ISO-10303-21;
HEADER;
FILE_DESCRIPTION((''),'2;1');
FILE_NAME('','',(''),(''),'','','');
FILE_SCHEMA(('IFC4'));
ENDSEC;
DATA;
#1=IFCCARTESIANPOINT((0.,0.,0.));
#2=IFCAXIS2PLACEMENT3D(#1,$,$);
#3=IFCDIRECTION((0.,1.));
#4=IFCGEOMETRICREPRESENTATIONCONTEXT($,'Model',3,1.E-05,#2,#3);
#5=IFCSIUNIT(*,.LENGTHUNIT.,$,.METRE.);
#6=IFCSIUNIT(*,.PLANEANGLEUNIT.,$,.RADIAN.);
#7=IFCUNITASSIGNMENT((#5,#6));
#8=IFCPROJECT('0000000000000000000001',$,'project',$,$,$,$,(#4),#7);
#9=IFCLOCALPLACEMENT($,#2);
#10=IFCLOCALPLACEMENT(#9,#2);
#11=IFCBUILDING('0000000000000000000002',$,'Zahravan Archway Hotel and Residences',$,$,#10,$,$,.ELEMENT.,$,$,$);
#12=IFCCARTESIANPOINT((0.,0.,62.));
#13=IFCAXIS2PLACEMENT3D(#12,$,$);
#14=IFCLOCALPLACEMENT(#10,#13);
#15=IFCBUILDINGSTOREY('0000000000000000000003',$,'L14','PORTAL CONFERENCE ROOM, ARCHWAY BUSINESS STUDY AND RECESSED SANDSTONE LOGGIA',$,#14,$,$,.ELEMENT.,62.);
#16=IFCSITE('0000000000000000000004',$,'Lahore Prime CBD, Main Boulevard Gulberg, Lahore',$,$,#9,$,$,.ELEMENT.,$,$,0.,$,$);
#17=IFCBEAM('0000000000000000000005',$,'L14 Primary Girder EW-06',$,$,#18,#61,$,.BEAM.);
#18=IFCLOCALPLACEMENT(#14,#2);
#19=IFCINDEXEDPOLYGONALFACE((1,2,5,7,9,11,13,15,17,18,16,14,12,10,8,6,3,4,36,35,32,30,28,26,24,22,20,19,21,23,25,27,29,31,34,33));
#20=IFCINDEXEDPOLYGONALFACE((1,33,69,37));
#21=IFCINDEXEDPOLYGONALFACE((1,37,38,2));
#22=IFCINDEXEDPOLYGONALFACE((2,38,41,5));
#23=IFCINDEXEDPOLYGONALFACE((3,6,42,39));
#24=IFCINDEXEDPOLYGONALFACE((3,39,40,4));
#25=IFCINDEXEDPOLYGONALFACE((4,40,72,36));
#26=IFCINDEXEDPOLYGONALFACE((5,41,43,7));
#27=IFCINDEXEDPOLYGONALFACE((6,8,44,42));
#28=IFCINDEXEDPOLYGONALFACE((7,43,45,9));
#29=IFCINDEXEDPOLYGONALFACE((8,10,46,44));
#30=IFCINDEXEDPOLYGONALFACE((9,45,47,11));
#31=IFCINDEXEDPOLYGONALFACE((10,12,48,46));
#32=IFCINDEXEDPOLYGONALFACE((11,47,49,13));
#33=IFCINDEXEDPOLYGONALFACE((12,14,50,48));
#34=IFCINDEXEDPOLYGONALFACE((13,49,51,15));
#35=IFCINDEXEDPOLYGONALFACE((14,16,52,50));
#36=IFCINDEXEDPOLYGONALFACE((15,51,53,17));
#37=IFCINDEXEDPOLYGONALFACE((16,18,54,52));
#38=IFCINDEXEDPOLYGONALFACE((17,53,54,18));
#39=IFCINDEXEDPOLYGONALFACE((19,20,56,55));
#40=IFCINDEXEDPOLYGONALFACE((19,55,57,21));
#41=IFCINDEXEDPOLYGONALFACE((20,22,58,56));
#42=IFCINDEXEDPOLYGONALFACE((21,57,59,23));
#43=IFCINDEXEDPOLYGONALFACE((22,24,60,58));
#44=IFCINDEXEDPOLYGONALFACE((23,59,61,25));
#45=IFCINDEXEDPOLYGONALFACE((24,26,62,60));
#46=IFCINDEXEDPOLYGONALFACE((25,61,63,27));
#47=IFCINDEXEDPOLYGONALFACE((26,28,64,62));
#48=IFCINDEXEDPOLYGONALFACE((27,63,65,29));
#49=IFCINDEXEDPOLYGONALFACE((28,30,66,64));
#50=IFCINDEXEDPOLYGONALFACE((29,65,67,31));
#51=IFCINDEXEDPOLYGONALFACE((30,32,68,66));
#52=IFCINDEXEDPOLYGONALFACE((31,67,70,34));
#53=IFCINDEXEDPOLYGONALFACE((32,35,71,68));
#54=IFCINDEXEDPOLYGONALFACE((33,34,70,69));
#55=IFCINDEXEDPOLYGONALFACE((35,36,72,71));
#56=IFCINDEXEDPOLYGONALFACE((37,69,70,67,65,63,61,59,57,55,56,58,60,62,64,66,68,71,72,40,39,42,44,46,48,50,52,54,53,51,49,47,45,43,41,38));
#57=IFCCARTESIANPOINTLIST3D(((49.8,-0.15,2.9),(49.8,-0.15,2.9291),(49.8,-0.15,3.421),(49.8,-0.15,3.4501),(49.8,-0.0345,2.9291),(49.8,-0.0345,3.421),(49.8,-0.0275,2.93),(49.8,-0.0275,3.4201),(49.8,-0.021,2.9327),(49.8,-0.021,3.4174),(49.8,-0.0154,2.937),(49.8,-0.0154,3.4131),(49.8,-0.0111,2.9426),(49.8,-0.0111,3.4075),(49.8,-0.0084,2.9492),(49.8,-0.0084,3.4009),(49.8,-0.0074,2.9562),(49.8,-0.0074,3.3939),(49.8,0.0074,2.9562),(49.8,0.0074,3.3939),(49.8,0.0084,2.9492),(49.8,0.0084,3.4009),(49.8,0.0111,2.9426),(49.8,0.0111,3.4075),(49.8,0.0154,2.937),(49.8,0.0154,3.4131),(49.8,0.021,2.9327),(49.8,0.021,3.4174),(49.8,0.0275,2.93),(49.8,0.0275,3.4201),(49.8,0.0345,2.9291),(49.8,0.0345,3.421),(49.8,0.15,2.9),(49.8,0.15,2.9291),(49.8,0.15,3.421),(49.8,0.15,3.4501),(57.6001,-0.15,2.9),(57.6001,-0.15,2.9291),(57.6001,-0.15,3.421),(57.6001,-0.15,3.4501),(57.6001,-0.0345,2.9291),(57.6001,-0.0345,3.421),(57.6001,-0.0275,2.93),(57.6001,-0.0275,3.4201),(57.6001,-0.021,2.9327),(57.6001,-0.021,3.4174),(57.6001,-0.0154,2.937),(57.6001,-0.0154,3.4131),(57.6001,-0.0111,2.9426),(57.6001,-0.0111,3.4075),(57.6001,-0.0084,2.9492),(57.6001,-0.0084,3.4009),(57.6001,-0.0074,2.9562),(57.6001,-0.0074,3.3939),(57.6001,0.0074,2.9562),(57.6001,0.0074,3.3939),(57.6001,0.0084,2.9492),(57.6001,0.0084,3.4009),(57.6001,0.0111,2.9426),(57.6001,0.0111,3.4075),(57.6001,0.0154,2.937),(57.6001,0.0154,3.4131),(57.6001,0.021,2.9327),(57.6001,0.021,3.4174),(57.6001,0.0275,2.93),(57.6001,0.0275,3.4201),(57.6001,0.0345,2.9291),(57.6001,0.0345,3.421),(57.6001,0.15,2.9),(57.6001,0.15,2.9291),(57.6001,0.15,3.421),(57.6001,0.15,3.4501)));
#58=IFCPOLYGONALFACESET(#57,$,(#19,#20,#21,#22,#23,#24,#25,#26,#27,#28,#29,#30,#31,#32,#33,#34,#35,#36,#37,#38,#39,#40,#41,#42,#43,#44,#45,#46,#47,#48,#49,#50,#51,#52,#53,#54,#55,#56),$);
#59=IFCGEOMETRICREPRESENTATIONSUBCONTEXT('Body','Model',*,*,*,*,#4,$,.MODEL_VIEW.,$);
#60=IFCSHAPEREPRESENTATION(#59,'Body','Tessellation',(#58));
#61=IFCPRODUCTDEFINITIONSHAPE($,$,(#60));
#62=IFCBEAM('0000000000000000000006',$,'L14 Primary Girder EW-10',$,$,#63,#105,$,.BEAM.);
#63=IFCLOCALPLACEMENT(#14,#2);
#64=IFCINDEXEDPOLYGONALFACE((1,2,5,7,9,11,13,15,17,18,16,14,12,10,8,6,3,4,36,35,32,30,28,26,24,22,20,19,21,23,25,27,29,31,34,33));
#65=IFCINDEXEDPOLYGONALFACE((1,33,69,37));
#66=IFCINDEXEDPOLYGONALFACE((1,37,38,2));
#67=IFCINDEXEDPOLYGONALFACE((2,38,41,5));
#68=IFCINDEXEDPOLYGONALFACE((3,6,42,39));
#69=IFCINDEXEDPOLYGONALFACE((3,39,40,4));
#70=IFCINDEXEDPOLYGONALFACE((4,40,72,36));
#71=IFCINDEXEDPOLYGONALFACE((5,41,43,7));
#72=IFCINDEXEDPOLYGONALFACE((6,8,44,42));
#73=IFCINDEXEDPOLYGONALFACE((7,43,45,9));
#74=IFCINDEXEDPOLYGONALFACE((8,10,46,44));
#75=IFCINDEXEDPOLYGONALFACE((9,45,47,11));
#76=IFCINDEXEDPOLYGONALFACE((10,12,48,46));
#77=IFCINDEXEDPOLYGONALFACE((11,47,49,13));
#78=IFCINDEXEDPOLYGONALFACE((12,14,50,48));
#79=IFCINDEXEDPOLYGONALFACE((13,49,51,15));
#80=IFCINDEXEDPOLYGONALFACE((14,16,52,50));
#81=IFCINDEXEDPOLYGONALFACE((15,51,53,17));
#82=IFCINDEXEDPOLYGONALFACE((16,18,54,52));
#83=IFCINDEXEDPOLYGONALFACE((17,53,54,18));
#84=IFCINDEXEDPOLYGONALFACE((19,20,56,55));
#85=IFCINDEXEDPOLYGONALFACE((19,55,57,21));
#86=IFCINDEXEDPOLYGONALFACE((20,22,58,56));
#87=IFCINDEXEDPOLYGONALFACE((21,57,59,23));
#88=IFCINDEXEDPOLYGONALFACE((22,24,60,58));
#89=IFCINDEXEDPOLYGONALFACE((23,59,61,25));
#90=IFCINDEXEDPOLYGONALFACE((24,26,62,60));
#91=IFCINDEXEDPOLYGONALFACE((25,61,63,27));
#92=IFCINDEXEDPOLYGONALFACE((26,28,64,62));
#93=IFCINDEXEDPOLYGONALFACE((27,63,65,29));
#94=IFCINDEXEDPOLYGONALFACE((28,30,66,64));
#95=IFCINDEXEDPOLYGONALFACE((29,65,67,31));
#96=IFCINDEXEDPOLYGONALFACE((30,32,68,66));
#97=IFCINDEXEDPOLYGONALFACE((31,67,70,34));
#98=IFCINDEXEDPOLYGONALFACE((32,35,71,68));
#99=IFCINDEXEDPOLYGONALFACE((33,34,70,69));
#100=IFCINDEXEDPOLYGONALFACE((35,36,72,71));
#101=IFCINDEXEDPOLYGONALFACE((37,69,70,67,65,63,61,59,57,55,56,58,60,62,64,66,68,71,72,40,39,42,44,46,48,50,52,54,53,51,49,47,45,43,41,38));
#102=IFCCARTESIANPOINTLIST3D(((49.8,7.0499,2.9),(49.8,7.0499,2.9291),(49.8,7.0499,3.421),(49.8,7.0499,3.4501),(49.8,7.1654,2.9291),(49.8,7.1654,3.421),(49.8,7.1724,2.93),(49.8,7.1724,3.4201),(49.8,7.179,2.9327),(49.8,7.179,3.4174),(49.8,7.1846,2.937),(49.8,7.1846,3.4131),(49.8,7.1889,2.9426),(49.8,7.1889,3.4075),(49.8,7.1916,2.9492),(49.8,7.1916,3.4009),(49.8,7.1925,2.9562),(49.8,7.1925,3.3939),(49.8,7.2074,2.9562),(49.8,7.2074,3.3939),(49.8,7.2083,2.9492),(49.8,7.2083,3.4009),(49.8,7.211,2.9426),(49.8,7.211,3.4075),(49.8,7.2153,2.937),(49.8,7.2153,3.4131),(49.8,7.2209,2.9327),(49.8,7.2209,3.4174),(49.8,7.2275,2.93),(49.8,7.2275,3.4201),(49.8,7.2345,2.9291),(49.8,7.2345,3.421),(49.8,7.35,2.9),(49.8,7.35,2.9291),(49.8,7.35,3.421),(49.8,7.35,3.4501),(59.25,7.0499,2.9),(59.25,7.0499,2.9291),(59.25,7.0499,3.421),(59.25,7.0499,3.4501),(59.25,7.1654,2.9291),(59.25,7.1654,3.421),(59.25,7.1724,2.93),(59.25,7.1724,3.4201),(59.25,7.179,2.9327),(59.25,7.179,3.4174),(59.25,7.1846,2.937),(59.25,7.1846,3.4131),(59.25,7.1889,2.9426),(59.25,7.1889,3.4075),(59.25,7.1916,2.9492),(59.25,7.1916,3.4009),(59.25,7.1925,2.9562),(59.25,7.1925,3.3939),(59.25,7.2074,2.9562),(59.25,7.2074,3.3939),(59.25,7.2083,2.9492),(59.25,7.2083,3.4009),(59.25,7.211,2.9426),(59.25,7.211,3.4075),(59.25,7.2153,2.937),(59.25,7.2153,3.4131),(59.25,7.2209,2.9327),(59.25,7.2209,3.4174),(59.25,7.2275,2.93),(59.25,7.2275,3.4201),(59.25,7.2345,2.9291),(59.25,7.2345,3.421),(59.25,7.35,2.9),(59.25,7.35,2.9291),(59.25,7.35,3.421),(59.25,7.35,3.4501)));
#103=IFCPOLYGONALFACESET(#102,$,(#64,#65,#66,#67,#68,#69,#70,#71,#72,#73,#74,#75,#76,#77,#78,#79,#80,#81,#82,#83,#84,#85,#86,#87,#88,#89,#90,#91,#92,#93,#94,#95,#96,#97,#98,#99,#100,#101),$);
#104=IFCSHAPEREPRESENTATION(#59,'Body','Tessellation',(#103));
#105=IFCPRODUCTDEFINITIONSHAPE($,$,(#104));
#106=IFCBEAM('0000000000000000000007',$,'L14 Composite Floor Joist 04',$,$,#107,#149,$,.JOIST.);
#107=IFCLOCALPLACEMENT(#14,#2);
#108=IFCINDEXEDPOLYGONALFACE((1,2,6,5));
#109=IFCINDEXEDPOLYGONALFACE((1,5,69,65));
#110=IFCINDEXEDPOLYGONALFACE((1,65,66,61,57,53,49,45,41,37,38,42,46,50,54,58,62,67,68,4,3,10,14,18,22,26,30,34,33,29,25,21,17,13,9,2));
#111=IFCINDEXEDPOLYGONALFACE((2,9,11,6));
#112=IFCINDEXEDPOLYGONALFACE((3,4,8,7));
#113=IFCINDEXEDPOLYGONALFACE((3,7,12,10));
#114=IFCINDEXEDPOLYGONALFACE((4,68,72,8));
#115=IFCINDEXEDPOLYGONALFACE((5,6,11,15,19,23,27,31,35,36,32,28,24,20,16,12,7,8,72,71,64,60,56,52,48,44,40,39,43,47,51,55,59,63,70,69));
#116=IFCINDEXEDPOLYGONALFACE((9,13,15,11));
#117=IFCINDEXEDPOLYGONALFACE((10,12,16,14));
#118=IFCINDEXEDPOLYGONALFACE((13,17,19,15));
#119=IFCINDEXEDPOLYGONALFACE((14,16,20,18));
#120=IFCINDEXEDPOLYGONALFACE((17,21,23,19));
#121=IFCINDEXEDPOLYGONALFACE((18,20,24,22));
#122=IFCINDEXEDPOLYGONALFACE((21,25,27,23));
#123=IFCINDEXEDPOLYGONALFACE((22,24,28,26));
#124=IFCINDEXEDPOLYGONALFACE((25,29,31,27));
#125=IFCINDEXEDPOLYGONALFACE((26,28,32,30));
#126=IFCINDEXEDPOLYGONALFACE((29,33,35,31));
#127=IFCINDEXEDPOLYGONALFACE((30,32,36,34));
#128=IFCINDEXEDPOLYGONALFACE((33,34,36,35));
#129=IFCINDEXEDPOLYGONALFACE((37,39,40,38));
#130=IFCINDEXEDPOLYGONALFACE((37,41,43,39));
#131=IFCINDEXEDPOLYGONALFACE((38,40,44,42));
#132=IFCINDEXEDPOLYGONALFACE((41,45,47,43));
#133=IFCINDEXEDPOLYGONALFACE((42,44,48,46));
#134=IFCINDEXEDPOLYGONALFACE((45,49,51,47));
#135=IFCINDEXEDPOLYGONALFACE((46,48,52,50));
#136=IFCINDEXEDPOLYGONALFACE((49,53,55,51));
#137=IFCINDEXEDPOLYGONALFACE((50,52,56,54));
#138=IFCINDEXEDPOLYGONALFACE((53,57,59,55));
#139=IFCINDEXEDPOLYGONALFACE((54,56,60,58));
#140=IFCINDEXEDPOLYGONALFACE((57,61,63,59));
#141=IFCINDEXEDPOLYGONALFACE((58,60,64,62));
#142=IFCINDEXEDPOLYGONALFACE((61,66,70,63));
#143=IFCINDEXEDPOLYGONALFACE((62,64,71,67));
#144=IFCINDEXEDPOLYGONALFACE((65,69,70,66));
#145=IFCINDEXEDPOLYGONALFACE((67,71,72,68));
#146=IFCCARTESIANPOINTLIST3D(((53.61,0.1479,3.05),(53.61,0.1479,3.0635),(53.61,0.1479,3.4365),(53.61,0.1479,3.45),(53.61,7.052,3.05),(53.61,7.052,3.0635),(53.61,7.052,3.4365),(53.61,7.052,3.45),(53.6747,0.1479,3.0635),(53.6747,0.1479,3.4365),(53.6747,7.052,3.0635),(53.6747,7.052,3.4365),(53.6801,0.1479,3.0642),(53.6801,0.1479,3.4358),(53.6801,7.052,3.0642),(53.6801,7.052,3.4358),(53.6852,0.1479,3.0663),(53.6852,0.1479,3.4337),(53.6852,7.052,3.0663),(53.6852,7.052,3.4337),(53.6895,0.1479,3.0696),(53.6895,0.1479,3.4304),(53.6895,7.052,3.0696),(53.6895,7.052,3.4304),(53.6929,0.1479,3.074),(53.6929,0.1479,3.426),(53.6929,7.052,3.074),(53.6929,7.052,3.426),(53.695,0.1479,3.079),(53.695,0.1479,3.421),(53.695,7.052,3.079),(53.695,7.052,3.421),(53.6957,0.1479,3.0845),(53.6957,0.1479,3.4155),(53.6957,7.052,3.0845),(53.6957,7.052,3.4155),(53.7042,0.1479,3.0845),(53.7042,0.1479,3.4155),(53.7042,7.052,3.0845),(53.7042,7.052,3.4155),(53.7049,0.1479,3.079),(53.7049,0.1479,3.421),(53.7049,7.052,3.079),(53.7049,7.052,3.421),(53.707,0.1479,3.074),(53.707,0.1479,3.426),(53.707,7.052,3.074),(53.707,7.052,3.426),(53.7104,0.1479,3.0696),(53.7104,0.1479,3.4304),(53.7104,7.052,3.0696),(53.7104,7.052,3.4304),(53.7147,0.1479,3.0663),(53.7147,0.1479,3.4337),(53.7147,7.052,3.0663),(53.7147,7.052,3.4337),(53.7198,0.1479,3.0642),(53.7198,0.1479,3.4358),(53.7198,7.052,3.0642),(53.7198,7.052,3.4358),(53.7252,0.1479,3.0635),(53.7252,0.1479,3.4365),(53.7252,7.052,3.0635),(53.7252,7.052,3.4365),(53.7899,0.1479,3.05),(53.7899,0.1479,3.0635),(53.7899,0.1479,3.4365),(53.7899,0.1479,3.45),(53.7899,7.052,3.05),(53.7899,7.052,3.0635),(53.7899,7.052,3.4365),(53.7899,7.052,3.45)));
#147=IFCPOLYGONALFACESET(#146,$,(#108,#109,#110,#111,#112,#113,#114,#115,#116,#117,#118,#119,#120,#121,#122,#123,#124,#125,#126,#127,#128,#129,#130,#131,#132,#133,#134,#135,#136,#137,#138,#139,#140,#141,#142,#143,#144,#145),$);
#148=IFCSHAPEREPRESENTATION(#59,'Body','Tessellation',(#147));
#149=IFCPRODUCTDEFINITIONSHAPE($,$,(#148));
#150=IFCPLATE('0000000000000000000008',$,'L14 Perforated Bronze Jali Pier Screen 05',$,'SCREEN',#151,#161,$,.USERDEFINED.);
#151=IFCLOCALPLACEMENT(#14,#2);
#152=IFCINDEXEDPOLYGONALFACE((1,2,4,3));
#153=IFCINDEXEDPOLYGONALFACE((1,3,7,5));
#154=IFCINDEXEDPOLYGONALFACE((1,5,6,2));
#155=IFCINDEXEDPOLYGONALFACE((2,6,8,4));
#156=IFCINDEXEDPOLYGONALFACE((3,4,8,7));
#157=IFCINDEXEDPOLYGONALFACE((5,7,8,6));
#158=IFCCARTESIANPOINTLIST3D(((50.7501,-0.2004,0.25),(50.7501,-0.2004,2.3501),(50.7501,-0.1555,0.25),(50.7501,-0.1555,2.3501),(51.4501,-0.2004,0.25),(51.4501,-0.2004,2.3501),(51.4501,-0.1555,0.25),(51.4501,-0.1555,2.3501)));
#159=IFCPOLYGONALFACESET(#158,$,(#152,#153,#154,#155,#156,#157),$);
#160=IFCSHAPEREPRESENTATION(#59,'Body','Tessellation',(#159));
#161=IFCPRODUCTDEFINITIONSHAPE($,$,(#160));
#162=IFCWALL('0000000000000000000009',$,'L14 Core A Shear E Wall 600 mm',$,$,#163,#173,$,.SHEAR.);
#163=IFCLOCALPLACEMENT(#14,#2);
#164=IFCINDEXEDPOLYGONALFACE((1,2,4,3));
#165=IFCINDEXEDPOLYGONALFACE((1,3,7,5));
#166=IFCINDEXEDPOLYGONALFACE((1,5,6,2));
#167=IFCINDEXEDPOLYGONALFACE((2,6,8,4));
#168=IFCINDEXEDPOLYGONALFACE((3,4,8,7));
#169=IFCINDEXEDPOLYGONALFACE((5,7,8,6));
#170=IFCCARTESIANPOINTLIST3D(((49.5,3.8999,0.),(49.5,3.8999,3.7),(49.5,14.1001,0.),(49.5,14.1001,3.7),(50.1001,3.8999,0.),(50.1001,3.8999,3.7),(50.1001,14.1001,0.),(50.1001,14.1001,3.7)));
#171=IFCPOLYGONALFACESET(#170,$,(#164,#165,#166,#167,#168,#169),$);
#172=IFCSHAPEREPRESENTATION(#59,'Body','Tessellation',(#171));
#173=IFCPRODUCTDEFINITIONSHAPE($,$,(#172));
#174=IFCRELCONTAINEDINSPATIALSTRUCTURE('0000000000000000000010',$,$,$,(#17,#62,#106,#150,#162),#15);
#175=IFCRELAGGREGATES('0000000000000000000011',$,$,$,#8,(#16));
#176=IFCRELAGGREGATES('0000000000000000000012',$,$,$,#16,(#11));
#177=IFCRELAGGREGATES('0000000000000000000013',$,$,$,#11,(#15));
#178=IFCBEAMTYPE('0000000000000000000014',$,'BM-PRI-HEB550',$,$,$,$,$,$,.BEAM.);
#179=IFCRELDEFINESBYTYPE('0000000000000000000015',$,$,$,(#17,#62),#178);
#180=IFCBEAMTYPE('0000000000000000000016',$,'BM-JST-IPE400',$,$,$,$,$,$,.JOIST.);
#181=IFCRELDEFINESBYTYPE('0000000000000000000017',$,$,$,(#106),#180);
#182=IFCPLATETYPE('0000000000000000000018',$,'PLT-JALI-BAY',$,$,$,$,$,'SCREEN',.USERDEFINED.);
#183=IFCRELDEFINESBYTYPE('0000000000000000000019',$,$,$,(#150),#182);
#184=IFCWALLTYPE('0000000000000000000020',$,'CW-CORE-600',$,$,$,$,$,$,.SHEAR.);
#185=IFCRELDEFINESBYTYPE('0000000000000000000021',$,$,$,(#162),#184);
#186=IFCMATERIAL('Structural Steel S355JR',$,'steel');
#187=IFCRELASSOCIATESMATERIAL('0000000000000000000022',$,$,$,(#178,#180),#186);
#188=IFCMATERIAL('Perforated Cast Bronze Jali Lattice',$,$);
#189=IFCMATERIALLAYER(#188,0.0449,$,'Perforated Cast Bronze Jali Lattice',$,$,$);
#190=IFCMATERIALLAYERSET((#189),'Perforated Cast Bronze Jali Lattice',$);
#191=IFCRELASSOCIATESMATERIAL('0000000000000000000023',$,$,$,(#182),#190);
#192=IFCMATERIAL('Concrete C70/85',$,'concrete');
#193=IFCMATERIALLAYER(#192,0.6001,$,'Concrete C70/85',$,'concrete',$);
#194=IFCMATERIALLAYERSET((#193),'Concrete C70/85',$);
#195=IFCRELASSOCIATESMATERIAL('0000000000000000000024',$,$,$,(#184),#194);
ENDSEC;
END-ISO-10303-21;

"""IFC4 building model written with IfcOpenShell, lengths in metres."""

from ifc_helpers import new_model, si_unit, direction, frame, frame_2d, origin, origin_2d, place, context, subcontext, project, spatial, rectangle, i_section, extrude, source, transform, mapped, material, layer, layer_set, material_profile, profile_set, type_object, type_shapes, element, save


model = new_model("IFC4")

# Units and contexts
model_context = context("Model", 3, precision=1e-05, world=origin(), true_north=direction((0.0, 1.0)))
body_context = subcontext(model_context, "Body", "Model", "MODEL_VIEW")
ifc_project = project(units=[si_unit("LENGTHUNIT", "METRE"), si_unit("PLANEANGLEUNIT", "RADIAN")], contexts=[model_context])

# Site, building, storey
site_placement = place(None, origin())
site = spatial("IfcSite", under=ifc_project, at=site_placement, Name="Lahore Prime CBD, Main Boulevard Gulberg, Lahore", CompositionType="ELEMENT", RefElevation=0.0)
building_placement = place(site_placement, origin())
building = spatial("IfcBuilding", under=site, at=building_placement, Name="Zahravan Archway Hotel and Residences", CompositionType="ELEMENT")
storey_placement = place(building_placement, frame((0.0, 0.0, 62.0)))
storey = spatial("IfcBuildingStorey", under=building, at=storey_placement, Name="L14", Description="PORTAL CONFERENCE ROOM, ARCHWAY BUSINESS STUDY AND RECESSED SANDSTONE LOGGIA", CompositionType="ELEMENT", Elevation=62.0)

# Shared definitions
ifc_material_1 = material(Name="Concrete C70/85", Category="concrete")

# Beams
ifc_material_2 = material(Name="Structural Steel S355JR", Category="steel")
ifc_material_profile_1 = material_profile(ifc_material_2, i_section(OverallWidth=0.3, OverallDepth=0.55, WebThickness=0.0149, FlangeThickness=0.0291, FilletRadius=0.0271, at=origin_2d()), Name="HEB 550", Category="steel")
ifc_profile_set_1 = profile_set([ifc_material_profile_1], Name="Structural Steel S355JR")
beam_type_1 = type_object("IfcBeamType", Name="BM-PRI-HEB550", PredefinedType="BEAM", material=ifc_profile_set_1)
shared_shape_1 = source(origin(), body_context, "Body", "SweptSolid", [
    extrude(i_section(OverallWidth=0.3, OverallDepth=0.55, WebThickness=0.0149, FlangeThickness=0.0291, FilletRadius=0.0271, at=origin_2d()), origin(), (0.0, 0.0, 1.0), 7.8),
])
beam_1_placement = place(storey_placement, frame((49.8, 0.0, 3.175), z_axis=(1.0, 0.0, 0.0), x_axis=(0.0, 1.0, 0.0)))
element("IfcBeam", 1, at=beam_1_placement, inside=storey, type_object=beam_type_1, Name="L14 Primary Girder EW-06", PredefinedType="BEAM", context=body_context, shape_type="MappedRepresentation", body=[
    mapped(shared_shape_1, transform((0.0, 0.0, 0.0), scale=1.0)),
])
shared_shape_2 = source(origin(), body_context, "Body", "SweptSolid", [
    extrude(i_section(OverallWidth=0.3, OverallDepth=0.55, WebThickness=0.0149, FlangeThickness=0.0291, FilletRadius=0.0271, at=origin_2d()), origin(), (0.0, 0.0, 1.0), 9.45),
])
beam_2_placement = place(storey_placement, frame((49.8, 7.2, 3.175), z_axis=(1.0, 0.0, 0.0), x_axis=(0.0, 1.0, 0.0)))
element("IfcBeam", 2, at=beam_2_placement, inside=storey, type_object=beam_type_1, Name="L14 Primary Girder EW-10", PredefinedType="BEAM", context=body_context, shape_type="MappedRepresentation", body=[
    mapped(shared_shape_2, transform((0.0, 0.0, 0.0), scale=1.0)),
])
ifc_material_profile_2 = material_profile(ifc_material_2, i_section(OverallWidth=0.1799, OverallDepth=0.3999, WebThickness=0.0085, FlangeThickness=0.0134, FilletRadius=0.021, at=origin_2d()), Name="IPE 400", Category="steel")
ifc_profile_set_2 = profile_set([ifc_material_profile_2], Name="Structural Steel S355JR")
beam_type_2 = type_object("IfcBeamType", Name="BM-JST-IPE400", PredefinedType="JOIST", material=ifc_profile_set_2)
shared_shape_3 = source(origin(), body_context, "Body", "SweptSolid", [
    extrude(i_section(OverallWidth=0.1799, OverallDepth=0.3999, WebThickness=0.0085, FlangeThickness=0.0134, FilletRadius=0.021, at=origin_2d()), origin(), (0.0, 0.0, 1.0), 6.9041),
])
type_shapes(beam_type_2, [shared_shape_3])
beam_3_placement = place(storey_placement, frame((53.7, 0.1479, 3.25), z_axis=(0.0, 1.0, 0.0), x_axis=(-1.0, 0.0, 0.0)))
element("IfcBeam", 3, at=beam_3_placement, inside=storey, type_object=beam_type_2, Name="L14 Composite Floor Joist 04", PredefinedType="JOIST", context=body_context, shape_type="MappedRepresentation", body=[
    mapped(shared_shape_3, transform((0.0, 0.0, 0.0), scale=1.0)),
])

# Plate
ifc_material_3 = material(Name="Perforated Cast Bronze Jali Lattice")
ifc_layer_1 = layer(ifc_material_3, 0.0449, Name="Perforated Cast Bronze Jali Lattice")
ifc_layer_set_1 = layer_set([ifc_layer_1], Name="Perforated Cast Bronze Jali Lattice")
plate_type = type_object("IfcPlateType", Name="PLT-JALI-BAY", ElementType="SCREEN", PredefinedType="USERDEFINED", material=ifc_layer_set_1)
shared_shape_4 = source(origin(), body_context, "Body", "SweptSolid", [
    extrude(rectangle(XDim=0.7, YDim=0.0449, at=origin_2d()), origin(), (0.0, 0.0, 1.0), 2.1001),
])
type_shapes(plate_type, [shared_shape_4])
plate_placement = place(storey_placement, frame((51.1001, -0.178, 0.25), z_axis=(0.0, 0.0, 1.0), x_axis=(1.0, 0.0, 0.0)))
element("IfcPlate", 4, at=plate_placement, inside=storey, type_object=plate_type, Name="L14 Perforated Bronze Jali Pier Screen 05", ObjectType="SCREEN", PredefinedType="USERDEFINED", context=body_context, shape_type="MappedRepresentation", body=[
    mapped(shared_shape_4, transform((0.0, 0.0, 0.0), scale=1.0)),
])

# Wall
ifc_layer_2 = layer(ifc_material_1, 0.6001, Name="Concrete C70/85", Category="concrete")
ifc_layer_set_2 = layer_set([ifc_layer_2], Name="Concrete C70/85")
wall_type_1 = type_object("IfcWallType", Name="CW-CORE-600", PredefinedType="SHEAR", material=ifc_layer_set_2)
wall_1_placement = place(storey_placement, frame((49.8, 3.8999, 0.0), z_axis=(0.0, 0.0, 1.0), x_axis=(0.0, 1.0, 0.0)))
element("IfcWall", 5, at=wall_1_placement, inside=storey, type_object=wall_type_1, Name="L14 Core A Shear E Wall 600 mm", PredefinedType="SHEAR", context=body_context, shape_type="SweptSolid", body=[
    extrude(rectangle(XDim=10.2002, YDim=0.6001, at=frame_2d((5.1001, 0.0))), origin(), (0.0, 0.0, 1.0), 3.7),
])

save(model, "model.ifc")
